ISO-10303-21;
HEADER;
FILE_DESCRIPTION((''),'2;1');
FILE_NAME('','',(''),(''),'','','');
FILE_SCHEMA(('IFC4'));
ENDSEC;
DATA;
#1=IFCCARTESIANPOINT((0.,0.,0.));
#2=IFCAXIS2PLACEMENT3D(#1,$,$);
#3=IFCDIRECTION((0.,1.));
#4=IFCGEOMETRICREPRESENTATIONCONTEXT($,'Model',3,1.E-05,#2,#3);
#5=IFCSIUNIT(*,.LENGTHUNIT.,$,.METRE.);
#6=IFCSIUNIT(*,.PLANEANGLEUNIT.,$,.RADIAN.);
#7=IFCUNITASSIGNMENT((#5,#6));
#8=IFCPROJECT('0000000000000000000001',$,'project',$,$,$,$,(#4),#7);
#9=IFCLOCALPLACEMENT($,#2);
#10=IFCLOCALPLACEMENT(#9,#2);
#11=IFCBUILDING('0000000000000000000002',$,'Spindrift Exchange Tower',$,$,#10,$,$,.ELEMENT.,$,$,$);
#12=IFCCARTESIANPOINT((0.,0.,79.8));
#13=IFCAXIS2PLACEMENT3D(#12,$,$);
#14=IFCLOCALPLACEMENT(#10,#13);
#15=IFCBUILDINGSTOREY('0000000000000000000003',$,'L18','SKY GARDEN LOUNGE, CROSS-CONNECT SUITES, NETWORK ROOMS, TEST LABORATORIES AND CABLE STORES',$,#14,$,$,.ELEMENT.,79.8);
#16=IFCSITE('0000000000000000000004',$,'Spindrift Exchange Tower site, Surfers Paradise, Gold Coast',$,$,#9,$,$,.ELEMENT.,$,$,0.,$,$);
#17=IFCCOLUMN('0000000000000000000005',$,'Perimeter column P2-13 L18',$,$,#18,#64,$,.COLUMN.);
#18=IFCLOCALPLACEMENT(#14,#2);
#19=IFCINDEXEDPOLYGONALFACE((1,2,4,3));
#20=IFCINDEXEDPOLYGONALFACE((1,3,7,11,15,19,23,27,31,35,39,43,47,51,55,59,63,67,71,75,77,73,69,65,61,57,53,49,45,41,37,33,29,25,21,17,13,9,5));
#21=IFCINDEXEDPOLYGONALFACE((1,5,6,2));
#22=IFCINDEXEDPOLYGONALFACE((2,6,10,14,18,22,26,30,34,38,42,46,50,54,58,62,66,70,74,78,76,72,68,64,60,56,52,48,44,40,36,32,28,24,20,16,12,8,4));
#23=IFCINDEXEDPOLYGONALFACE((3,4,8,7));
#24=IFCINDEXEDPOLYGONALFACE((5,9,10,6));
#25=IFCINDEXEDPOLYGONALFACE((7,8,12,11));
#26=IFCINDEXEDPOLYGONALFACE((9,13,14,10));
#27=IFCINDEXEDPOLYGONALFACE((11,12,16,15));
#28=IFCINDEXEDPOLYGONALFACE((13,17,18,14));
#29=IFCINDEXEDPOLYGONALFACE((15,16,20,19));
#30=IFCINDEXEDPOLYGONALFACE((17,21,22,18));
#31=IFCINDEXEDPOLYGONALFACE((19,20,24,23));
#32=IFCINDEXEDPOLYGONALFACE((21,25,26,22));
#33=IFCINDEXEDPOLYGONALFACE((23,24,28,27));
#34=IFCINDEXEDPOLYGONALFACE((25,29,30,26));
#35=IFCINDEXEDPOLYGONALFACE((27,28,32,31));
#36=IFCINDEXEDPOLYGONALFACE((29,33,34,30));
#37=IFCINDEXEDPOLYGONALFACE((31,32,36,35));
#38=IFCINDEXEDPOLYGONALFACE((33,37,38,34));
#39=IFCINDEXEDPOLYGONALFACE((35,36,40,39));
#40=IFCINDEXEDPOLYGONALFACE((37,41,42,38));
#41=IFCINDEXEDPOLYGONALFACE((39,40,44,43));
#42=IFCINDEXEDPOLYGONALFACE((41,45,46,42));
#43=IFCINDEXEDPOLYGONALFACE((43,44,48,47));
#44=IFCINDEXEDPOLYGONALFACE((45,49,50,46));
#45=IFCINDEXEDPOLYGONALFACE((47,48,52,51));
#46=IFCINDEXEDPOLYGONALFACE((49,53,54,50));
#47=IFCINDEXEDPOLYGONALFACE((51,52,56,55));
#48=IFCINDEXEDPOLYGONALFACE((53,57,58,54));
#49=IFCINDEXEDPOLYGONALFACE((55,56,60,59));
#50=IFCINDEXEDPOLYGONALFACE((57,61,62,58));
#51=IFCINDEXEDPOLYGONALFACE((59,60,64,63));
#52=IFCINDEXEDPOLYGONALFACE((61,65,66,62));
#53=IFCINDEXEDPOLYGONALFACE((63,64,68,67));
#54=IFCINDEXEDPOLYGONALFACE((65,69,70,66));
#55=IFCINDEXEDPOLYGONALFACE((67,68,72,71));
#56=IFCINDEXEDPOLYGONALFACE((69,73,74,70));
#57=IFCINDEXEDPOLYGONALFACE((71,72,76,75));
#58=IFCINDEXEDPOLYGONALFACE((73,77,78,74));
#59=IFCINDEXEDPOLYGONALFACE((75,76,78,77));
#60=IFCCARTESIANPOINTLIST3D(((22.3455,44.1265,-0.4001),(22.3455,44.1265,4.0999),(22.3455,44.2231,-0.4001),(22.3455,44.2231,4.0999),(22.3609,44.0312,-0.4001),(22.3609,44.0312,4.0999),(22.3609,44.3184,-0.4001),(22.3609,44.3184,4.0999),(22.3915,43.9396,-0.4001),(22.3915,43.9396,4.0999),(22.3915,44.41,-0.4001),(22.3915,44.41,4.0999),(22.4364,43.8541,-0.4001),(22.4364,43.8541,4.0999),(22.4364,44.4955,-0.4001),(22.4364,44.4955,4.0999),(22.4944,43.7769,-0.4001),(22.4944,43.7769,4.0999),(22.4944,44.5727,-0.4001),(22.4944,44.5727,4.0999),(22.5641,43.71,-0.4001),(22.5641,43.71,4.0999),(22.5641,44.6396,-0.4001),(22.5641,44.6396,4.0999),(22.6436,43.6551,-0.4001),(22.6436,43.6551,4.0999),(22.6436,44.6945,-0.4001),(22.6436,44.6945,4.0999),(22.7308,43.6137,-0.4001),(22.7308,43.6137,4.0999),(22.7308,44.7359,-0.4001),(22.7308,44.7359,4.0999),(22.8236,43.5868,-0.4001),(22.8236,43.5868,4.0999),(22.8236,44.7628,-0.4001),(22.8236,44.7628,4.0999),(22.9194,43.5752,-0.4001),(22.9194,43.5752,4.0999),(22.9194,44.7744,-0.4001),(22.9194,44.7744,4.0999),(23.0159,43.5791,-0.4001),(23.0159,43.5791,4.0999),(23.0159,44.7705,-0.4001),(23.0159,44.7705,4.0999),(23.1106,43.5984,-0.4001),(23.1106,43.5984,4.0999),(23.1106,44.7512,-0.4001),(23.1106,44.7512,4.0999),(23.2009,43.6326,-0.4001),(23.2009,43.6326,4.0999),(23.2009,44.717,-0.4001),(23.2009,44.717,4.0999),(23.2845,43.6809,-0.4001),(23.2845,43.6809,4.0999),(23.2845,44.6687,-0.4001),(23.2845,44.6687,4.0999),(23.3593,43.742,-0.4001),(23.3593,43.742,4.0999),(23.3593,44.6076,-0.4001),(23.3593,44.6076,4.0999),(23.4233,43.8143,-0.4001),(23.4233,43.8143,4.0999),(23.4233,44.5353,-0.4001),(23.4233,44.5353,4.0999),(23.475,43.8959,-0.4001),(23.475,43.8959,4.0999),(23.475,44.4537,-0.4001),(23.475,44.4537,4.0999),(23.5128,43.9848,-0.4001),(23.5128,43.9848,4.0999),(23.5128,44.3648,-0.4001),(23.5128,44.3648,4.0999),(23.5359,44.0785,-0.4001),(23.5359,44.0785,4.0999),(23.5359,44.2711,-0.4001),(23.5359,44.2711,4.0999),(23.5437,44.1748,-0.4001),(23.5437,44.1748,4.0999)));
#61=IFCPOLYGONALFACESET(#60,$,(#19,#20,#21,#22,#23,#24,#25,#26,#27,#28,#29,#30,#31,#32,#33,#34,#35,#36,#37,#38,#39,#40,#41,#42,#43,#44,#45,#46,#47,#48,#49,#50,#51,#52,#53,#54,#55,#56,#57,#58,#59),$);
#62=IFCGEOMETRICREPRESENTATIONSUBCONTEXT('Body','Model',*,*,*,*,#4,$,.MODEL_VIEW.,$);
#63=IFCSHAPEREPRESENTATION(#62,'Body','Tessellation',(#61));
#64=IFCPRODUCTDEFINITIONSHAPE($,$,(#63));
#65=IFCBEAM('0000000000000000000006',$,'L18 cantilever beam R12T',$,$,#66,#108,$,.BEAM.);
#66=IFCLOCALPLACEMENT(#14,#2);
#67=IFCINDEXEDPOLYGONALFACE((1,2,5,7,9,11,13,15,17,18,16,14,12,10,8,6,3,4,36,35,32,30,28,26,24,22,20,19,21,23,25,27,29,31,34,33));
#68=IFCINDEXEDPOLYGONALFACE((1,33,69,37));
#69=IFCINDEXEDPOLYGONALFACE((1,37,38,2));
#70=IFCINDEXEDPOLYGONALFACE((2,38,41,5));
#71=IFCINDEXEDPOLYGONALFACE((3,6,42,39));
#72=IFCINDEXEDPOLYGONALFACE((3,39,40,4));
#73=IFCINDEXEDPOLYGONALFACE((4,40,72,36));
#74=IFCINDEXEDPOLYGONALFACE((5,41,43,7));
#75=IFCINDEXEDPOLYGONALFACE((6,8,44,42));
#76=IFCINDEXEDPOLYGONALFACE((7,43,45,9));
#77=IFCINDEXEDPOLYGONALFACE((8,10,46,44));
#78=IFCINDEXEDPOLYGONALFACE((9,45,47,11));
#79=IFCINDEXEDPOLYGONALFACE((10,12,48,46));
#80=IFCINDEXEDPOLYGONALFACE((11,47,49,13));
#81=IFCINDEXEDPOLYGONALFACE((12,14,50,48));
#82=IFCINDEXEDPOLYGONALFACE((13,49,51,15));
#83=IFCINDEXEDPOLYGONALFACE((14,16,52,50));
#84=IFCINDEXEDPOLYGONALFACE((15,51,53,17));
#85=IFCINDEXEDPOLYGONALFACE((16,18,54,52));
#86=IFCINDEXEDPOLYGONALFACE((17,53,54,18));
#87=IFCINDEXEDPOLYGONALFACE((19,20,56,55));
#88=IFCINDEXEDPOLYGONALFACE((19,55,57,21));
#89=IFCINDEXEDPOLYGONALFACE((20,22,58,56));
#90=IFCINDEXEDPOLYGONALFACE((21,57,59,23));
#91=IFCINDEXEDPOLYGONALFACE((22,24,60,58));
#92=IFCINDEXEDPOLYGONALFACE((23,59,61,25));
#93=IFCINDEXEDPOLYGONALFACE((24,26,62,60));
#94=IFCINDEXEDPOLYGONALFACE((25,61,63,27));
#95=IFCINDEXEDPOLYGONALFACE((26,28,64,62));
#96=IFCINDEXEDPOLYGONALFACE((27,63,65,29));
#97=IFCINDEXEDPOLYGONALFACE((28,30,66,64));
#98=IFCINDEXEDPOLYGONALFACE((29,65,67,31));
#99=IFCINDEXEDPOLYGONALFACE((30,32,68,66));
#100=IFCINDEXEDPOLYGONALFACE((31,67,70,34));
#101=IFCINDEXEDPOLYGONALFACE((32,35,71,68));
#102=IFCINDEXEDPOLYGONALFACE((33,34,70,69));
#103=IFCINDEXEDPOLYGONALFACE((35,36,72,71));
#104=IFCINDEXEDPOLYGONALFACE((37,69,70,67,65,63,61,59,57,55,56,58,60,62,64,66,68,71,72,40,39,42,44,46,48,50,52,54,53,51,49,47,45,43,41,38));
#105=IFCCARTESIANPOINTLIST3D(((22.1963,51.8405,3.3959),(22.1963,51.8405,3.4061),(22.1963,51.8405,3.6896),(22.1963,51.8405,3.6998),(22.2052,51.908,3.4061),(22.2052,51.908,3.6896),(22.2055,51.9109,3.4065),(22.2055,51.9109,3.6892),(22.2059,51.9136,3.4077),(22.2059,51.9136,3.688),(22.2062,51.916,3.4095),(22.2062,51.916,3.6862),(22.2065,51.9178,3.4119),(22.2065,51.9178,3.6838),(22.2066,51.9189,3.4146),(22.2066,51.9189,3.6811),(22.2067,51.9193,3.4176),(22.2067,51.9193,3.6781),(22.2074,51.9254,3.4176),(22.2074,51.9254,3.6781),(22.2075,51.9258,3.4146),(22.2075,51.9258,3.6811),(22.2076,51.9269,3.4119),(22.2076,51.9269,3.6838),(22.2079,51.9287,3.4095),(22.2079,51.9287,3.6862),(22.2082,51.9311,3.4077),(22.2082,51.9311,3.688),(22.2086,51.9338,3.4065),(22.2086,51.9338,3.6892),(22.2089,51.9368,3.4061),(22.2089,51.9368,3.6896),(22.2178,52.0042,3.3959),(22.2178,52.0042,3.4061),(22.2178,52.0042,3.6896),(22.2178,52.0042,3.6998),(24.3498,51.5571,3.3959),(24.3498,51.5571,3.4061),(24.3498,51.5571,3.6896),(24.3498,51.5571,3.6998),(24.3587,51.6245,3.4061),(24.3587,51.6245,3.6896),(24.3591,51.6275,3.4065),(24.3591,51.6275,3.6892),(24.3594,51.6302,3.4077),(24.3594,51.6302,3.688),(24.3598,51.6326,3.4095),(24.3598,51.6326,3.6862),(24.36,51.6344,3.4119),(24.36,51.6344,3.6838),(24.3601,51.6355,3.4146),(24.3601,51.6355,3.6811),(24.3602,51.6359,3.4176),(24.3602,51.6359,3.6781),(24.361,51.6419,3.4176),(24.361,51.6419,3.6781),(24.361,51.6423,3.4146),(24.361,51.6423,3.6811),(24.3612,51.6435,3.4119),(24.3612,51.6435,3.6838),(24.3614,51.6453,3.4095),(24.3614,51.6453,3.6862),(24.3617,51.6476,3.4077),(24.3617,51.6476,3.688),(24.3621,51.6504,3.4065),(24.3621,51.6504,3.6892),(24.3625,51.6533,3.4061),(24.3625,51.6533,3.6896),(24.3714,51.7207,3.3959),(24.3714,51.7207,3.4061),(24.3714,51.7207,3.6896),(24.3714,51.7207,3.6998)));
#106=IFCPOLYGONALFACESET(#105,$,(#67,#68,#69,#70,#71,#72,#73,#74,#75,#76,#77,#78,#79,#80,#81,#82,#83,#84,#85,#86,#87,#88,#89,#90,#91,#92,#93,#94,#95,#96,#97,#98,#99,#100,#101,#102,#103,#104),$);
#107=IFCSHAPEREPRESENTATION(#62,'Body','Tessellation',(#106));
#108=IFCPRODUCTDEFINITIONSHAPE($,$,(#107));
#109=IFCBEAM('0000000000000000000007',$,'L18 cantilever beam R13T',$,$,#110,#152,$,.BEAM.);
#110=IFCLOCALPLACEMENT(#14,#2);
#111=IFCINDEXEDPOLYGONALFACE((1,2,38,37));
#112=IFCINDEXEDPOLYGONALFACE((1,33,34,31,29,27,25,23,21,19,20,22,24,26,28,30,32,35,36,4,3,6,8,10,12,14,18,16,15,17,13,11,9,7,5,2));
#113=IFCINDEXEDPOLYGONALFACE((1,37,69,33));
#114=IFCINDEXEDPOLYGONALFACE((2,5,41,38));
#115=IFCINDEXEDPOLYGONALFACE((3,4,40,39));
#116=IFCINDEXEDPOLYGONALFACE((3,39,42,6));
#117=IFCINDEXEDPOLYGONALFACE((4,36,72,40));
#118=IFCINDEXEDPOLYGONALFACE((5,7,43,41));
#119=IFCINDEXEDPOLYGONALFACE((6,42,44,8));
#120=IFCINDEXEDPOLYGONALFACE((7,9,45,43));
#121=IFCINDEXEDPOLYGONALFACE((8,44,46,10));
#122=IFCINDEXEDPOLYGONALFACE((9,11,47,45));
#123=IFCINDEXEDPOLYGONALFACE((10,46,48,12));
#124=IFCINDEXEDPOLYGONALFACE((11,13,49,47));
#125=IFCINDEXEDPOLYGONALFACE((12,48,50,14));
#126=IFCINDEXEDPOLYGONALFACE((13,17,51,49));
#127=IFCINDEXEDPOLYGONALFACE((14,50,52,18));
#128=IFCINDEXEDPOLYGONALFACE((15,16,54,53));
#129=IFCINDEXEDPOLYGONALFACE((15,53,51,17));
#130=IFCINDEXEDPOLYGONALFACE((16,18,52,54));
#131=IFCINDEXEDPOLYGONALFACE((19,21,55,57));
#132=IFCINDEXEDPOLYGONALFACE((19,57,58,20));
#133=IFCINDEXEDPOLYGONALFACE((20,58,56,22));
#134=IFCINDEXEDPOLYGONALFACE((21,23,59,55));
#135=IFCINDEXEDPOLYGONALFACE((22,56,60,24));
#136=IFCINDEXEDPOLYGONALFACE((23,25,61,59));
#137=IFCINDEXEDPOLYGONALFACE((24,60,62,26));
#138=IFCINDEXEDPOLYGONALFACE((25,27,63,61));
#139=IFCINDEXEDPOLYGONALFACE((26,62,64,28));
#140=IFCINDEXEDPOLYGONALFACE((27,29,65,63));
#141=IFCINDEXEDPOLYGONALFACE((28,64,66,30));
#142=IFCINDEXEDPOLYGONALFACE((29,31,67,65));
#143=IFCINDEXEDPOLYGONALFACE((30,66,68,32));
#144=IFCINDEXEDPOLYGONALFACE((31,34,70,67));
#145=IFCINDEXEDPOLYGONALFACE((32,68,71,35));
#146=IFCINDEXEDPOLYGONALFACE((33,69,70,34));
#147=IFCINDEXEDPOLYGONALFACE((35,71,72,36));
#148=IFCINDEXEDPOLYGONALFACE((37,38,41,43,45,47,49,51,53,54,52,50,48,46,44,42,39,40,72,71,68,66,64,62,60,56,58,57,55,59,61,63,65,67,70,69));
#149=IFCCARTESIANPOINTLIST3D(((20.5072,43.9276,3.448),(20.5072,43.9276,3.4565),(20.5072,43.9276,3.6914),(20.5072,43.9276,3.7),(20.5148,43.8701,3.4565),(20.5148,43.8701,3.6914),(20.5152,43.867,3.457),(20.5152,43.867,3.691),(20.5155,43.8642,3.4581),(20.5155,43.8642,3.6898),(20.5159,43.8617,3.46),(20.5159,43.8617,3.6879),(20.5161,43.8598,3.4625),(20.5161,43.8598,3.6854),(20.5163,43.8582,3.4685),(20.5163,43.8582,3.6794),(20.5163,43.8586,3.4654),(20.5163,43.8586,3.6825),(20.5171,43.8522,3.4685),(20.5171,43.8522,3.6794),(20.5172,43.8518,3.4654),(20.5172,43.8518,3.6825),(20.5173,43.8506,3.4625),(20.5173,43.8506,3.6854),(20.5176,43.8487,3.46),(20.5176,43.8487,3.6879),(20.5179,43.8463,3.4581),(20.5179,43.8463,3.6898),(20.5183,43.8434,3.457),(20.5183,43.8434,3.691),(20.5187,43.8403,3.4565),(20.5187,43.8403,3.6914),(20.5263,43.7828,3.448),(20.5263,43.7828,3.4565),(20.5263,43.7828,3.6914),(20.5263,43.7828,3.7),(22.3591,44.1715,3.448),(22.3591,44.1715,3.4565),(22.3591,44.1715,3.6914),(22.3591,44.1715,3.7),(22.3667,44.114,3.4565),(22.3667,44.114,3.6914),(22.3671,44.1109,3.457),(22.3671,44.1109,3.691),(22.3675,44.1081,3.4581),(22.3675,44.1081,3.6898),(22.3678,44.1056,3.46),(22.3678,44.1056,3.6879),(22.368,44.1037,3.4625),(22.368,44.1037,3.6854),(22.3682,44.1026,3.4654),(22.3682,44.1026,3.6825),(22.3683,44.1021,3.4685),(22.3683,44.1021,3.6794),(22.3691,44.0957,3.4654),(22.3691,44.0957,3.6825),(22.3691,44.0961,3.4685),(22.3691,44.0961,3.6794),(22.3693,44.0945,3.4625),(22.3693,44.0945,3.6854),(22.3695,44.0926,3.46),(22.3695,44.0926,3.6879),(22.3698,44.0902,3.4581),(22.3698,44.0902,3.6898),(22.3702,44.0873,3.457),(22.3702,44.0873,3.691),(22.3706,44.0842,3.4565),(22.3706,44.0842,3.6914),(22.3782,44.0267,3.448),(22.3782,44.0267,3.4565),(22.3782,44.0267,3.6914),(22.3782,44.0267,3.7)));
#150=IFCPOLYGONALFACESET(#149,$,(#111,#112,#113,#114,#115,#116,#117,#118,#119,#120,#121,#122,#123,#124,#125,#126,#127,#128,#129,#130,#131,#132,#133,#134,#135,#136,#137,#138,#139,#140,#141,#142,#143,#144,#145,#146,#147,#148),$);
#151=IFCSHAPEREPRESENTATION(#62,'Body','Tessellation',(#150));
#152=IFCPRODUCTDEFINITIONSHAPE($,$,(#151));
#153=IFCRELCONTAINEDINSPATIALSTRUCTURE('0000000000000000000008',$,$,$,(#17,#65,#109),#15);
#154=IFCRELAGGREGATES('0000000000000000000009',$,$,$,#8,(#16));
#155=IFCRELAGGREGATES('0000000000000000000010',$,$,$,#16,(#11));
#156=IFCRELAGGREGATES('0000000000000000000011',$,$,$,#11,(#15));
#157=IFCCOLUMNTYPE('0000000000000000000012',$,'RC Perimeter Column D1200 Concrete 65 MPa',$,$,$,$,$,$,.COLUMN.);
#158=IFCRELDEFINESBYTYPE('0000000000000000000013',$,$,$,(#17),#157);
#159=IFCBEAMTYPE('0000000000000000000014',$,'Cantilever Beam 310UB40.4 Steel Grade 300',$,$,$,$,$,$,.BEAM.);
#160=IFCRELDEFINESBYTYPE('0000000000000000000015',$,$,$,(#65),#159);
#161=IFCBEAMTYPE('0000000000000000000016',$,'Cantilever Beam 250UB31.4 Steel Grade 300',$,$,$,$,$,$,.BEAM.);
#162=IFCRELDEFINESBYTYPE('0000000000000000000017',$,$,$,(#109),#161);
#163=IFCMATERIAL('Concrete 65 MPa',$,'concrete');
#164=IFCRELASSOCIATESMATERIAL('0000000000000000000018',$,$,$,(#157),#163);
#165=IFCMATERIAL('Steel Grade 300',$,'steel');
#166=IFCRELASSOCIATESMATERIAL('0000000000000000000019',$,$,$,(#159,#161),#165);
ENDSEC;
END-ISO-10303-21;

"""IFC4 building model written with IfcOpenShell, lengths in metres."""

from ifc_helpers import new_model, si_unit, direction, frame, origin, origin_2d, place, context, subcontext, project, spatial, circle, i_section, extrude, source, transform, mapped, material, material_profile, profile_set, type_object, element, save


model = new_model("IFC4")

# Units and contexts
model_context = context("Model", 3, precision=1e-05, world=origin(), true_north=direction((0.0, 1.0)))
body_context = subcontext(model_context, "Body", "Model", "MODEL_VIEW")
ifc_project = project(units=[si_unit("LENGTHUNIT", "METRE"), si_unit("PLANEANGLEUNIT", "RADIAN")], contexts=[model_context])

# Site, building, storey
site_placement = place(None, origin())
site = spatial("IfcSite", under=ifc_project, at=site_placement, Name="Spindrift Exchange Tower site, Surfers Paradise, Gold Coast", CompositionType="ELEMENT", RefElevation=0.0)
building_placement = place(site_placement, origin())
building = spatial("IfcBuilding", under=site, at=building_placement, Name="Spindrift Exchange Tower", CompositionType="ELEMENT")
storey_placement = place(building_placement, frame((0.0, 0.0, 79.8)))
storey = spatial("IfcBuildingStorey", under=building, at=storey_placement, Name="L18", Description="SKY GARDEN LOUNGE, CROSS-CONNECT SUITES, NETWORK ROOMS, TEST LABORATORIES AND CABLE STORES", CompositionType="ELEMENT", Elevation=79.8)

# Column
ifc_material_1 = material(Name="Concrete 65 MPa", Category="concrete")
ifc_material_profile_1 = material_profile(ifc_material_1, circle(Radius=0.6001, at=origin_2d()), Name="RC D1200")
ifc_profile_set_1 = profile_set([ifc_material_profile_1], Name="Concrete 65 MPa")
column_type = type_object("IfcColumnType", Name="RC Perimeter Column D1200 Concrete 65 MPa", PredefinedType="COLUMN", material=ifc_profile_set_1)
shared_shape_1 = source(origin(), body_context, "Body", "SweptSolid", [
    extrude(circle(Radius=0.6001, at=origin_2d()), origin(), (0.0, 0.0, 1.0), 4.5),
])
column_placement = place(storey_placement, frame((22.9436, 44.1748, -0.4001), z_axis=(0.0, 0.0, 1.0), x_axis=(1.0, 0.0, 0.0)))
element("IfcColumn", 1, at=column_placement, inside=storey, type_object=column_type, Name="Perimeter column P2-13 L18", PredefinedType="COLUMN", context=body_context, shape_type="MappedRepresentation", body=[
    mapped(shared_shape_1, transform((0.0, 0.0, 0.0), scale=1.0)),
])

# Beams
ifc_material_2 = material(Name="Steel Grade 300", Category="steel")
ifc_material_profile_2 = material_profile(ifc_material_2, i_section(OverallWidth=0.165, OverallDepth=0.304, WebThickness=0.0061, FlangeThickness=0.0103, FilletRadius=0.0115, at=origin_2d()), Name="310UB40.4")
ifc_profile_set_2 = profile_set([ifc_material_profile_2], Name="Steel Grade 300")
beam_type_1 = type_object("IfcBeamType", Name="Cantilever Beam 310UB40.4 Steel Grade 300", PredefinedType="BEAM", material=ifc_profile_set_2)
shared_shape_2 = source(origin(), body_context, "Body", "SweptSolid", [
    extrude(i_section(OverallWidth=0.165, OverallDepth=0.304, WebThickness=0.0061, FlangeThickness=0.0103, FilletRadius=0.0115, at=origin_2d()), origin(), (0.0, 0.0, 1.0), 2.1721),
])
beam_1_placement = place(storey_placement, frame((24.3606, 51.6389, 3.5479), z_axis=(-0.991449, 0.130492, 0.0), x_axis=(-0.130492, -0.991449, 0.0)))
element("IfcBeam", 2, at=beam_1_placement, inside=storey, type_object=beam_type_1, Name="L18 cantilever beam R12T", PredefinedType="BEAM", context=body_context, shape_type="MappedRepresentation", body=[
    mapped(shared_shape_2, transform((0.0, 0.0, 0.0), scale=1.0)),
])
ifc_material_profile_3 = material_profile(ifc_material_2, i_section(OverallWidth=0.146, OverallDepth=0.252, WebThickness=0.0061, FlangeThickness=0.0085, FilletRadius=0.012, at=origin_2d()), Name="250UB31.4")
ifc_profile_set_3 = profile_set([ifc_material_profile_3], Name="Steel Grade 300")
beam_type_2 = type_object("IfcBeamType", Name="Cantilever Beam 250UB31.4 Steel Grade 300", PredefinedType="BEAM", material=ifc_profile_set_3)
shared_shape_3 = source(origin(), body_context, "Body", "SweptSolid", [
    extrude(i_section(OverallWidth=0.146, OverallDepth=0.252, WebThickness=0.0061, FlangeThickness=0.0085, FilletRadius=0.012, at=origin_2d()), origin(), (0.0, 0.0, 1.0), 1.8679),
])
beam_2_placement = place(storey_placement, frame((22.3687, 44.0991, 3.574), z_axis=(-0.991438, -0.13058, 0.0), x_axis=(0.13058, -0.991438, 0.0)))
element("IfcBeam", 3, at=beam_2_placement, inside=storey, type_object=beam_type_2, Name="L18 cantilever beam R13T", PredefinedType="BEAM", context=body_context, shape_type="MappedRepresentation", body=[
    mapped(shared_shape_3, transform((0.0, 0.0, 0.0), scale=1.0)),
])

save(model, "model.ifc")
